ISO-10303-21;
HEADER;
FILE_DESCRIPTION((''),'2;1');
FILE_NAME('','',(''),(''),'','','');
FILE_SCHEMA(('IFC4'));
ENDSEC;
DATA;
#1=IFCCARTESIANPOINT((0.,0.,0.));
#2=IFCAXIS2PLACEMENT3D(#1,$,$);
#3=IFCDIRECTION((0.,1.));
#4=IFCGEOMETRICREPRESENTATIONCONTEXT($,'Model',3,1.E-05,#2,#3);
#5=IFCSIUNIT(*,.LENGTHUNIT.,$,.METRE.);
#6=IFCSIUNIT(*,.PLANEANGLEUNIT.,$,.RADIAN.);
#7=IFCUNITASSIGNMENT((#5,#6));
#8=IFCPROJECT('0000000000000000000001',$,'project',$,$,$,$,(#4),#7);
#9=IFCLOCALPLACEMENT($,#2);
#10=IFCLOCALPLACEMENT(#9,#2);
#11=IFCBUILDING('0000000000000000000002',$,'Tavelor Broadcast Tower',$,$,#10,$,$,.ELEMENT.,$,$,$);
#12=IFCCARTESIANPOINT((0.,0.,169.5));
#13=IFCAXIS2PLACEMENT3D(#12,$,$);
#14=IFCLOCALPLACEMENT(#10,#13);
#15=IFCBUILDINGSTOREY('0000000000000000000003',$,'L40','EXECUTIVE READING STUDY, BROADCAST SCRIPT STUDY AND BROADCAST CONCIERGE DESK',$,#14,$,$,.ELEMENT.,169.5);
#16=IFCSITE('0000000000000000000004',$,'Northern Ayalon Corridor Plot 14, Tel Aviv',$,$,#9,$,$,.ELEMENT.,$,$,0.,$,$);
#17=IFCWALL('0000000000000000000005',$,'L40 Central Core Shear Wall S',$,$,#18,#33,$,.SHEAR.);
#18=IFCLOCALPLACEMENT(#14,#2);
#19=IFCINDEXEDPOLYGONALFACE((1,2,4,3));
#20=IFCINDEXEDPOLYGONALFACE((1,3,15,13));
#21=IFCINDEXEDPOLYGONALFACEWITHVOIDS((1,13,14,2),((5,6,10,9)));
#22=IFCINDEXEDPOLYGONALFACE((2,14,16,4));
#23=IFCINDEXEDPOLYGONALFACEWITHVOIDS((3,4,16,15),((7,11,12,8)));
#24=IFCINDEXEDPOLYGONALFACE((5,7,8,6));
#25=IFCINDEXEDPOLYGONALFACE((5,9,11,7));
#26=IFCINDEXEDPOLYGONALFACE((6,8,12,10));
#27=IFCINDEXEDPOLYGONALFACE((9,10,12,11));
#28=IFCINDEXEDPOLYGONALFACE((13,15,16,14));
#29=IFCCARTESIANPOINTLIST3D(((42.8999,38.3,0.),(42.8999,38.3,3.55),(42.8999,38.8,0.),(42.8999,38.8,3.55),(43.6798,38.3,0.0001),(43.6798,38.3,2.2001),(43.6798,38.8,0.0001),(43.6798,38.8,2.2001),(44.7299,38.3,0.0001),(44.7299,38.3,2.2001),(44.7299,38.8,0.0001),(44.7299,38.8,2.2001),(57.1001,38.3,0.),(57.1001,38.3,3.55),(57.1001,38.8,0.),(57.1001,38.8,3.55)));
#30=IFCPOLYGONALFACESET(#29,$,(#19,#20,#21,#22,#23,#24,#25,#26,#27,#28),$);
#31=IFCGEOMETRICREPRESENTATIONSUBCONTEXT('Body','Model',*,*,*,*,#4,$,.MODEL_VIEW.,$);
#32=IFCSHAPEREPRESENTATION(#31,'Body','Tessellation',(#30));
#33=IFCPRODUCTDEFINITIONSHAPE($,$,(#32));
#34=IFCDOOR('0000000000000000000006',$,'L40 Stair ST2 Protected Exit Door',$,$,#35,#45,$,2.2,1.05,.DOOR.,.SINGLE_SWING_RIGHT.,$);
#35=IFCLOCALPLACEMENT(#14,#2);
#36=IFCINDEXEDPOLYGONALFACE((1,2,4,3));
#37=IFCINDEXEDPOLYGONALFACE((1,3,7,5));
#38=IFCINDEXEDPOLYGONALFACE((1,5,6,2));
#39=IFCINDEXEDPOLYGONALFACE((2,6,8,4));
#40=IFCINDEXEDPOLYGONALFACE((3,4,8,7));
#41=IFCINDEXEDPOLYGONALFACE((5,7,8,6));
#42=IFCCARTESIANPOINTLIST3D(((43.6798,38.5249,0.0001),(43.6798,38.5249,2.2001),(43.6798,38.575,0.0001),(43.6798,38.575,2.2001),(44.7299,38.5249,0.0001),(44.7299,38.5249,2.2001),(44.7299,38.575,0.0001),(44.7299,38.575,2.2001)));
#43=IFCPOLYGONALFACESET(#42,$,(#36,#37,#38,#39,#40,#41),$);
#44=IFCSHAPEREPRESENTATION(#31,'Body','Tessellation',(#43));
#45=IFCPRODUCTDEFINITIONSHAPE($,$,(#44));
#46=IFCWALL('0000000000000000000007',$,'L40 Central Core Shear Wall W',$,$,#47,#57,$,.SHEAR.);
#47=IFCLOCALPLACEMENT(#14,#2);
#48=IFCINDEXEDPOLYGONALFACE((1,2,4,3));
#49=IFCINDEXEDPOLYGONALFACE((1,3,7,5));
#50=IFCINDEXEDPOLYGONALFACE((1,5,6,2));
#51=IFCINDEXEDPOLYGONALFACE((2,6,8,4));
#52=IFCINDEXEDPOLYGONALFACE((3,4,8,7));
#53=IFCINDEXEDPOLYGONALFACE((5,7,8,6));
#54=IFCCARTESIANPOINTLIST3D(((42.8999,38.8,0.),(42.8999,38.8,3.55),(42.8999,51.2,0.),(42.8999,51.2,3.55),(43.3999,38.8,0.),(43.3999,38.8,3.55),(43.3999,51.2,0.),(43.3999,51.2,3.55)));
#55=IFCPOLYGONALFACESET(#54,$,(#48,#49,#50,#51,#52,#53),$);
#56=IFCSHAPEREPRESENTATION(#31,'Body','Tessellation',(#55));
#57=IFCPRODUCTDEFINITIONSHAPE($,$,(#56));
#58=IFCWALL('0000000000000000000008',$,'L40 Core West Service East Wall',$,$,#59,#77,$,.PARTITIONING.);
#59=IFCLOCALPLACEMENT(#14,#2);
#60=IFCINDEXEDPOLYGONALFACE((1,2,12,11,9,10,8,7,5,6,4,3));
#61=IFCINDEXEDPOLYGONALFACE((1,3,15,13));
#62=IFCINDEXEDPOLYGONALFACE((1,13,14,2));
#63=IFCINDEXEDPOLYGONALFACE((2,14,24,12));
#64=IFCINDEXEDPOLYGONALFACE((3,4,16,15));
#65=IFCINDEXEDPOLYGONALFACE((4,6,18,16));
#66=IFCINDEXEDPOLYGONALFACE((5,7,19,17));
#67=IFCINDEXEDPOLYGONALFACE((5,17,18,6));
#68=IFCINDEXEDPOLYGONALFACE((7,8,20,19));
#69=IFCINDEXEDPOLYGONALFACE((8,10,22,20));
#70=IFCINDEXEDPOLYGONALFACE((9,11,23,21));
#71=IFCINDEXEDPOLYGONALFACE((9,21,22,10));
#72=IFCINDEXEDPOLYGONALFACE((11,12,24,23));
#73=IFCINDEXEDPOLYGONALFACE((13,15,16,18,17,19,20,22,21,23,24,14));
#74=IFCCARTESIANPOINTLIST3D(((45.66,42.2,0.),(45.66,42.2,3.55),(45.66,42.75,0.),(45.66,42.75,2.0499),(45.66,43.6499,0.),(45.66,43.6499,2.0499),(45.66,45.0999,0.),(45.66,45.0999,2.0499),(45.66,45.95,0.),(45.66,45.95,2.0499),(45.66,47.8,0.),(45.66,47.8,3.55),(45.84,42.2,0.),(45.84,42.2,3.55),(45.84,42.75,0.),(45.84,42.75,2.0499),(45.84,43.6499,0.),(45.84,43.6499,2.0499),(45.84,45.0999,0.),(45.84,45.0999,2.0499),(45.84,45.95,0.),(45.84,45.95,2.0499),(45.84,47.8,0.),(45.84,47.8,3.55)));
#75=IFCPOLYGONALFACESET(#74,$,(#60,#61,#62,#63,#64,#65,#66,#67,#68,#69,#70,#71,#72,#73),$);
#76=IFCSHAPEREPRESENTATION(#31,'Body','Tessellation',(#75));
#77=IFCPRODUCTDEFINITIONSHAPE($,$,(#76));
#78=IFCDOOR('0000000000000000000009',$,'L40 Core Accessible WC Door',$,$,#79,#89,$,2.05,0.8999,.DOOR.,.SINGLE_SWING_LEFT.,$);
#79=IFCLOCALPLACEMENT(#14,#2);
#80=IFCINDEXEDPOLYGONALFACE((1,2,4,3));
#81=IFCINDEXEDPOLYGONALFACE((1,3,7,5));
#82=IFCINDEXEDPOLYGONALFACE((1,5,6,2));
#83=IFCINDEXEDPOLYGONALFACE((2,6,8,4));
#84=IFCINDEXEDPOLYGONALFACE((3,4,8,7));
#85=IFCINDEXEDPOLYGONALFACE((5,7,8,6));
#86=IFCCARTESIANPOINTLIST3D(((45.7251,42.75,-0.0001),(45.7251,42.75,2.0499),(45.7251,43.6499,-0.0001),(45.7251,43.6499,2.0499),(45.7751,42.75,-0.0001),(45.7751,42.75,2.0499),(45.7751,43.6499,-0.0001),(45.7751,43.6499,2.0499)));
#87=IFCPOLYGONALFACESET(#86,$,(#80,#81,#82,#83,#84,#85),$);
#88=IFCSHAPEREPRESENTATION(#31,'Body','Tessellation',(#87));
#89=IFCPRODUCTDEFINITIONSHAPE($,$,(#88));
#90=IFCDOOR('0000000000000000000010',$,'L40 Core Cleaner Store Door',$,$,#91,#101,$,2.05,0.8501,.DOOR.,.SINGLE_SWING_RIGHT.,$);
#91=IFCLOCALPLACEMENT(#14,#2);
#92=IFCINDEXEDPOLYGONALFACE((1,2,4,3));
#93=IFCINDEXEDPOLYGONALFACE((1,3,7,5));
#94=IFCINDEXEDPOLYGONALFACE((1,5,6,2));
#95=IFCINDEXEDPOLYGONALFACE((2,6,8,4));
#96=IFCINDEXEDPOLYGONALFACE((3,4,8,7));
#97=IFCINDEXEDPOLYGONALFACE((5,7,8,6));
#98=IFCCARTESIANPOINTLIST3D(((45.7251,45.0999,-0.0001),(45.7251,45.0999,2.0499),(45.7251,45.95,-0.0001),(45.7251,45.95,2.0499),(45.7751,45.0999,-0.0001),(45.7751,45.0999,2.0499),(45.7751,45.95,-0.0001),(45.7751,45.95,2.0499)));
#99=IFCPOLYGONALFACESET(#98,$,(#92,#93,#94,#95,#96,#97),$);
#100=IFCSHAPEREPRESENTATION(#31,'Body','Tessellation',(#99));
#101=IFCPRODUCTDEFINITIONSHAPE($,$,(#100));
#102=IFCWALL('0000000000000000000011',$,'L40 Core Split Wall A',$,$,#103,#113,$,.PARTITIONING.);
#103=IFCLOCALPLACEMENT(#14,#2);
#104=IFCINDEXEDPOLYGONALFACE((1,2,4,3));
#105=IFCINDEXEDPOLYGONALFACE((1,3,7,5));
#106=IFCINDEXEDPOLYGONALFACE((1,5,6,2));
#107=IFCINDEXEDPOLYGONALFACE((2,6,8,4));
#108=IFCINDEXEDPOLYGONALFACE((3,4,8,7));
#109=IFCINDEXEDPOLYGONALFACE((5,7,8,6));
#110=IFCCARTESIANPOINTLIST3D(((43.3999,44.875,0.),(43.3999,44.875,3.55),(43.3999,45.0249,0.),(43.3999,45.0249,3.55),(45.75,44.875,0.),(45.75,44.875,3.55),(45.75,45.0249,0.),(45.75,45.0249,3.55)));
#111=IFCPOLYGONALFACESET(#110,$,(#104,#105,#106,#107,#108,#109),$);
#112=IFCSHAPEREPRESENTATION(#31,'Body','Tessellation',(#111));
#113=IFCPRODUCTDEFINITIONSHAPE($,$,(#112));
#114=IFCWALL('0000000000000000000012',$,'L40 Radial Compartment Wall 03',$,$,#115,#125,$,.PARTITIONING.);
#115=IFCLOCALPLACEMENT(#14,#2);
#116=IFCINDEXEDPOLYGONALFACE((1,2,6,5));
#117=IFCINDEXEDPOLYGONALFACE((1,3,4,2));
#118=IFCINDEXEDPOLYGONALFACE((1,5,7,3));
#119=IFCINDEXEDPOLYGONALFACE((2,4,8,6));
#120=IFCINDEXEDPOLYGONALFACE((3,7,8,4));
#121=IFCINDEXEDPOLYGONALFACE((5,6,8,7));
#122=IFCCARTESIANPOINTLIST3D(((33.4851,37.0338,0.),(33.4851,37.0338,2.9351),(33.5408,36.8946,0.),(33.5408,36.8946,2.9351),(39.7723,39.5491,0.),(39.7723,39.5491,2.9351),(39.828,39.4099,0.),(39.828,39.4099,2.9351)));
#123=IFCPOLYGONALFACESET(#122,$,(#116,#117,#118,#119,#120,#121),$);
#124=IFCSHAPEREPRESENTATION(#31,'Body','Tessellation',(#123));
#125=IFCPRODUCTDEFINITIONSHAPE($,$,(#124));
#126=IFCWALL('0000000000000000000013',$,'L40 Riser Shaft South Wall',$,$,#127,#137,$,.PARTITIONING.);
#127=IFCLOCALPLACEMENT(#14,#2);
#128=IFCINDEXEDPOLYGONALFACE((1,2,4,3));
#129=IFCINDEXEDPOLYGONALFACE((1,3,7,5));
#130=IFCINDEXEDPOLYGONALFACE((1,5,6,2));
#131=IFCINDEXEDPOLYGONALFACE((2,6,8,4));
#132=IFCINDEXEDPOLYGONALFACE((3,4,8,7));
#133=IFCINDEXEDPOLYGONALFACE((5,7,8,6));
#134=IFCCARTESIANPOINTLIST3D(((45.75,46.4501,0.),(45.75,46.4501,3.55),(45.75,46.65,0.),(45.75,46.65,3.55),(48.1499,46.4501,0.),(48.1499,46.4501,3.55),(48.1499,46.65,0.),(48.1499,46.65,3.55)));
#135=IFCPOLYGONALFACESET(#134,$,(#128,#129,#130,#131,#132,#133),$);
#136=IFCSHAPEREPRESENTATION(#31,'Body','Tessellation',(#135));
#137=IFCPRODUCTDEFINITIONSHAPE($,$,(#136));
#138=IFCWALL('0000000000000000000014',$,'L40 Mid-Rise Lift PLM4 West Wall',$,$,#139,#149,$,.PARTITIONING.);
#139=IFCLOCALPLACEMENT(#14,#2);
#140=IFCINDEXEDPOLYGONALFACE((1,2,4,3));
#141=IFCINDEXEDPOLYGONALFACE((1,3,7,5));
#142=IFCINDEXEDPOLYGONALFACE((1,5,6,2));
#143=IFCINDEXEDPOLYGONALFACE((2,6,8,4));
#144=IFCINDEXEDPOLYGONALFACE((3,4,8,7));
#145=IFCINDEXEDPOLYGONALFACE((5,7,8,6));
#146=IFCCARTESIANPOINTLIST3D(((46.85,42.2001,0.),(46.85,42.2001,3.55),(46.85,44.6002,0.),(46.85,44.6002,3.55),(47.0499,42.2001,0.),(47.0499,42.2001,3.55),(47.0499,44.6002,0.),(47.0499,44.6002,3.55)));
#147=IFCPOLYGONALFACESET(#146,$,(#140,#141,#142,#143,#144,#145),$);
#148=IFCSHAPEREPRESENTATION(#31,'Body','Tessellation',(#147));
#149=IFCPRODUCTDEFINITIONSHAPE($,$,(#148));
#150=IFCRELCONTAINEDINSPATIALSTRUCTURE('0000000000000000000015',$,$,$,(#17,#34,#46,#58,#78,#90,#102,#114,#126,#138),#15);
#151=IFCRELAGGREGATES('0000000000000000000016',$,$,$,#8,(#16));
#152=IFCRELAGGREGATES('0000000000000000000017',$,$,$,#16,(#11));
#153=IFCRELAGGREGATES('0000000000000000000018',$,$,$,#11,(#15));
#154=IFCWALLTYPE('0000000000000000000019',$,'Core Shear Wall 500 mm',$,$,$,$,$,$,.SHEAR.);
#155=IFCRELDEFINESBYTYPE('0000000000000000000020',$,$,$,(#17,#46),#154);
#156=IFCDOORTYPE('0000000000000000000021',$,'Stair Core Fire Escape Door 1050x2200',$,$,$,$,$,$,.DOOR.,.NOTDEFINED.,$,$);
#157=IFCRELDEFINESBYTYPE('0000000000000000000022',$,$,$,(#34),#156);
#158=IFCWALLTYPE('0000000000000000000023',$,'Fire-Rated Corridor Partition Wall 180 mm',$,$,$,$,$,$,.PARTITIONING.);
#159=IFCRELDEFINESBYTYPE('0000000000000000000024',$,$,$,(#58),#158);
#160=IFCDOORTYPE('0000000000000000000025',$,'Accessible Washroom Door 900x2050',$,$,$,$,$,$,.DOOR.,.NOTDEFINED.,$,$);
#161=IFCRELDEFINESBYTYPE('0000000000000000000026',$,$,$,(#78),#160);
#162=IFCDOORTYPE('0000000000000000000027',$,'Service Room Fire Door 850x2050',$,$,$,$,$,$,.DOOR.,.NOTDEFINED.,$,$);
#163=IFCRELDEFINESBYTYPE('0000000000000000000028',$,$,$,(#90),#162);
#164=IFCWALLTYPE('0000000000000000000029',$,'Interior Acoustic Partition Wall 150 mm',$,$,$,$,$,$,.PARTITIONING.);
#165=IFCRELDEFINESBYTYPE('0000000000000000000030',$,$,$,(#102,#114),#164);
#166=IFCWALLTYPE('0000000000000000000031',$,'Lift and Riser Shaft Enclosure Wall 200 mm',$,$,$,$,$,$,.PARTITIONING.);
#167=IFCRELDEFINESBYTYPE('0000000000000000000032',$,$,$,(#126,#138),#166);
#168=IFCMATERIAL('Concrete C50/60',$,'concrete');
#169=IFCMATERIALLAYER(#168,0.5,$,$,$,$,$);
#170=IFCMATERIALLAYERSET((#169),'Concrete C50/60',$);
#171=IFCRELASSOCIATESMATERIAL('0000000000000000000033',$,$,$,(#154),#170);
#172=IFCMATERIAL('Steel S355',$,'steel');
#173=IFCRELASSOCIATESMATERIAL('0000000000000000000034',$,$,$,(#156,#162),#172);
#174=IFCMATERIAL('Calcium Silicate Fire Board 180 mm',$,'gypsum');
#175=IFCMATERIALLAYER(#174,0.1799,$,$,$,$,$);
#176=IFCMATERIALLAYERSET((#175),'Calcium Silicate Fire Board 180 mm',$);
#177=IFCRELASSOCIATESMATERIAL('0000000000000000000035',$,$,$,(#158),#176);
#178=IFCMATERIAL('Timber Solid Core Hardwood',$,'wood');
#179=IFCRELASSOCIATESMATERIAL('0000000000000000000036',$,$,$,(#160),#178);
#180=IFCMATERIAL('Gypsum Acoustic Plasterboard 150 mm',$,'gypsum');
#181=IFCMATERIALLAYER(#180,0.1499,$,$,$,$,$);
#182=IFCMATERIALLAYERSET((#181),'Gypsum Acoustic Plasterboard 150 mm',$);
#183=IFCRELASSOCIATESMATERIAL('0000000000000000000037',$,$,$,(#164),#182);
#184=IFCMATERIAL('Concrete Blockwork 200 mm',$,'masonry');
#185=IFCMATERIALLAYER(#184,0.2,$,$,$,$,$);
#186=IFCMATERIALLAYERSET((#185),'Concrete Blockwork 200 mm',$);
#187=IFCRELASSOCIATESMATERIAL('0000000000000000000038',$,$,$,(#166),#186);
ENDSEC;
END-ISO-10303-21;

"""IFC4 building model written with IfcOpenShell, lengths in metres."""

from ifc_helpers import new_model, si_unit, direction, frame, frame_2d, origin, place, context, subcontext, project, spatial, rectangle, extrude, material, layer, layer_set, type_object, element, fill, save


model = new_model("IFC4")

# Units and contexts
model_context = context("Model", 3, precision=1e-05, world=origin(), true_north=direction((0.0, 1.0)))
body_context = subcontext(model_context, "Body", "Model", "MODEL_VIEW")
ifc_project = project(units=[si_unit("LENGTHUNIT", "METRE"), si_unit("PLANEANGLEUNIT", "RADIAN")], contexts=[model_context])

# Site, building, storey
site_placement = place(None, origin())
site = spatial("IfcSite", under=ifc_project, at=site_placement, Name="Northern Ayalon Corridor Plot 14, Tel Aviv", CompositionType="ELEMENT", RefElevation=0.0)
building_placement = place(site_placement, origin())
building = spatial("IfcBuilding", under=site, at=building_placement, Name="Tavelor Broadcast Tower", CompositionType="ELEMENT")
storey_placement = place(building_placement, frame((0.0, 0.0, 169.5)))
storey = spatial("IfcBuildingStorey", under=building, at=storey_placement, Name="L40", Description="EXECUTIVE READING STUDY, BROADCAST SCRIPT STUDY AND BROADCAST CONCIERGE DESK", CompositionType="ELEMENT", Elevation=169.5)

# Shared definitions
ifc_material_1 = material(Name="Concrete C50/60", Category="concrete")

# Shared definitions
ifc_material_2 = material(Name="Steel S355", Category="steel")

# Wall, opening, door
ifc_layer_1 = layer(ifc_material_1, 0.5)
ifc_layer_set_1 = layer_set([ifc_layer_1], Name="Concrete C50/60")
wall_type_1 = type_object("IfcWallType", Name="Core Shear Wall 500 mm", PredefinedType="SHEAR", material=ifc_layer_set_1)
wall_1_placement = place(storey_placement, frame((42.8999, 38.55, 0.0), z_axis=(0.0, 0.0, 1.0), x_axis=(1.0, 0.0, 0.0)))
wall_1 = element("IfcWall", 1, at=wall_1_placement, inside=storey, type_object=wall_type_1, Name="L40 Central Core Shear Wall S", PredefinedType="SHEAR", context=body_context, shape_type="SweptSolid", body=[
    extrude(rectangle(XDim=14.2002, YDim=0.5, at=frame_2d((7.1001, 0.0))), origin(), (0.0, 0.0, 1.0), 3.55),
])
opening_1_placement = place(wall_1_placement, frame((0.78, 0.0, 0.0)))
opening_1 = element("IfcOpeningElement", 2, at=opening_1_placement, cuts=wall_1, PredefinedType="OPENING", context=body_context, shape_type="SweptSolid", body=[
    extrude(rectangle(XDim=1.05, YDim=2.2, at=frame_2d((0.5249, 1.1001))), frame((0.0, 0.26, 0.0), z_axis=(0.0, -1.0, 0.0), x_axis=(1.0, 0.0, 0.0)), (0.0, 0.0, 1.0), 0.52),
])
door_type_1 = type_object("IfcDoorType", Name="Stair Core Fire Escape Door 1050x2200", OperationType="NOTDEFINED", PredefinedType="DOOR", material=ifc_material_2)
door_1_placement = place(opening_1_placement, origin())
door_1 = element("IfcDoor", 3, at=door_1_placement, inside=storey, type_object=door_type_1, Name="L40 Stair ST2 Protected Exit Door", OperationType="SINGLE_SWING_RIGHT", OverallHeight=2.2, OverallWidth=1.05, PredefinedType="DOOR", context=body_context, shape_type="SweptSolid", body=[
    extrude(rectangle(XDim=1.05, YDim=2.2, at=frame_2d((0.5249, 1.1001))), frame((0.0, 0.0249, 0.0), z_axis=(0.0, -1.0, 0.0), x_axis=(1.0, 0.0, 0.0)), (0.0, 0.0, 1.0), 0.05),
])
fill(opening_1, door_1)

# Wall
wall_2_placement = place(storey_placement, frame((43.1499, 38.8, 0.0), z_axis=(0.0, 0.0, 1.0), x_axis=(0.0, 1.0, 0.0)))
element("IfcWall", 4, at=wall_2_placement, inside=storey, type_object=wall_type_1, Name="L40 Central Core Shear Wall W", PredefinedType="SHEAR", context=body_context, shape_type="SweptSolid", body=[
    extrude(rectangle(XDim=12.3999, YDim=0.5, at=frame_2d((6.2, 0.0))), origin(), (0.0, 0.0, 1.0), 3.55),
])

# Wall, openings, doors
ifc_material_3 = material(Name="Calcium Silicate Fire Board 180 mm", Category="gypsum")
ifc_layer_2 = layer(ifc_material_3, 0.1799)
ifc_layer_set_2 = layer_set([ifc_layer_2], Name="Calcium Silicate Fire Board 180 mm")
wall_type_2 = type_object("IfcWallType", Name="Fire-Rated Corridor Partition Wall 180 mm", PredefinedType="PARTITIONING", material=ifc_layer_set_2)
wall_3_placement = place(storey_placement, frame((45.75, 42.2, 0.0), z_axis=(0.0, 0.0, 1.0), x_axis=(0.0, 1.0, 0.0)))
wall_3 = element("IfcWall", 5, at=wall_3_placement, inside=storey, type_object=wall_type_2, Name="L40 Core West Service East Wall", PredefinedType="PARTITIONING", context=body_context, shape_type="SweptSolid", body=[
    extrude(rectangle(XDim=5.6001, YDim=0.1799, at=frame_2d((2.8, 0.0))), origin(), (0.0, 0.0, 1.0), 3.55),
])
opening_2_placement = place(wall_3_placement, frame((0.55, 0.0, 0.0)))
opening_2 = element("IfcOpeningElement", 6, at=opening_2_placement, cuts=wall_3, PredefinedType="OPENING", context=body_context, shape_type="SweptSolid", body=[
    extrude(rectangle(XDim=0.8999, YDim=2.05, at=frame_2d((0.45, 1.0249))), frame((0.0, 0.1001, 0.0), z_axis=(0.0, -1.0, 0.0), x_axis=(1.0, 0.0, 0.0)), (0.0, 0.0, 1.0), 0.2),
])
opening_3_placement = place(wall_3_placement, frame((2.8999, 0.0, 0.0)))
opening_3 = element("IfcOpeningElement", 7, at=opening_3_placement, cuts=wall_3, PredefinedType="OPENING", context=body_context, shape_type="SweptSolid", body=[
    extrude(rectangle(XDim=0.8501, YDim=2.05, at=frame_2d((0.425, 1.0249))), frame((0.0, 0.1001, 0.0), z_axis=(0.0, -1.0, 0.0), x_axis=(1.0, 0.0, 0.0)), (0.0, 0.0, 1.0), 0.2),
])
ifc_material_4 = material(Name="Timber Solid Core Hardwood", Category="wood")
door_type_2 = type_object("IfcDoorType", Name="Accessible Washroom Door 900x2050", OperationType="NOTDEFINED", PredefinedType="DOOR", material=ifc_material_4)
door_2_placement = place(opening_2_placement, origin())
door_2 = element("IfcDoor", 8, at=door_2_placement, inside=storey, type_object=door_type_2, Name="L40 Core Accessible WC Door", OperationType="SINGLE_SWING_LEFT", OverallHeight=2.05, OverallWidth=0.8999, PredefinedType="DOOR", context=body_context, shape_type="SweptSolid", body=[
    extrude(rectangle(XDim=0.8999, YDim=2.05, at=frame_2d((0.45, 1.0249))), frame((0.0, 0.0249, 0.0), z_axis=(0.0, -1.0, 0.0), x_axis=(1.0, 0.0, 0.0)), (0.0, 0.0, 1.0), 0.05),
])
fill(opening_2, door_2)
door_type_3 = type_object("IfcDoorType", Name="Service Room Fire Door 850x2050", OperationType="NOTDEFINED", PredefinedType="DOOR", material=ifc_material_2)
door_3_placement = place(opening_3_placement, origin())
door_3 = element("IfcDoor", 9, at=door_3_placement, inside=storey, type_object=door_type_3, Name="L40 Core Cleaner Store Door", OperationType="SINGLE_SWING_RIGHT", OverallHeight=2.05, OverallWidth=0.8501, PredefinedType="DOOR", context=body_context, shape_type="SweptSolid", body=[
    extrude(rectangle(XDim=0.8501, YDim=2.05, at=frame_2d((0.425, 1.0249))), frame((0.0, 0.0249, 0.0), z_axis=(0.0, -1.0, 0.0), x_axis=(1.0, 0.0, 0.0)), (0.0, 0.0, 1.0), 0.05),
])
fill(opening_3, door_3)

# Walls
ifc_material_5 = material(Name="Gypsum Acoustic Plasterboard 150 mm", Category="gypsum")
ifc_layer_3 = layer(ifc_material_5, 0.1499)
ifc_layer_set_3 = layer_set([ifc_layer_3], Name="Gypsum Acoustic Plasterboard 150 mm")
wall_type_3 = type_object("IfcWallType", Name="Interior Acoustic Partition Wall 150 mm", PredefinedType="PARTITIONING", material=ifc_layer_set_3)
wall_4_placement = place(storey_placement, frame((43.3999, 44.95, 0.0), z_axis=(0.0, 0.0, 1.0), x_axis=(1.0, 0.0, 0.0)))
element("IfcWall", 10, at=wall_4_placement, inside=storey, type_object=wall_type_3, Name="L40 Core Split Wall A", PredefinedType="PARTITIONING", context=body_context, shape_type="SweptSolid", body=[
    extrude(rectangle(XDim=2.3501, YDim=0.1499, at=frame_2d((1.175, 0.0))), origin(), (0.0, 0.0, 1.0), 3.55),
])
wall_5_placement = place(storey_placement, frame((39.8, 39.4795, 0.0), z_axis=(0.0, 0.0, 1.0), x_axis=(-0.928454, -0.371447, 0.0)))
element("IfcWall", 11, at=wall_5_placement, inside=storey, type_object=wall_type_3, Name="L40 Radial Compartment Wall 03", PredefinedType="PARTITIONING", context=body_context, shape_type="SweptSolid", body=[
    extrude(rectangle(XDim=6.7717, YDim=0.1499, at=frame_2d((3.3857, 0.0))), origin(), (0.0, 0.0, 1.0), 2.9351),
])
ifc_material_6 = material(Name="Concrete Blockwork 200 mm", Category="masonry")
ifc_layer_4 = layer(ifc_material_6, 0.2)
ifc_layer_set_4 = layer_set([ifc_layer_4], Name="Concrete Blockwork 200 mm")
wall_type_4 = type_object("IfcWallType", Name="Lift and Riser Shaft Enclosure Wall 200 mm", PredefinedType="PARTITIONING", material=ifc_layer_set_4)
wall_6_placement = place(storey_placement, frame((45.75, 46.55, 0.0), z_axis=(0.0, 0.0, 1.0), x_axis=(1.0, 0.0, 0.0)))
element("IfcWall", 12, at=wall_6_placement, inside=storey, type_object=wall_type_4, Name="L40 Riser Shaft South Wall", PredefinedType="PARTITIONING", context=body_context, shape_type="SweptSolid", body=[
    extrude(rectangle(XDim=2.3999, YDim=0.2, at=frame_2d((1.2, 0.0))), origin(), (0.0, 0.0, 1.0), 3.55),
])
wall_7_placement = place(storey_placement, frame((46.95, 42.2, 0.0), z_axis=(0.0, 0.0, 1.0), x_axis=(0.0, 1.0, 0.0)))
element("IfcWall", 13, at=wall_7_placement, inside=storey, type_object=wall_type_4, Name="L40 Mid-Rise Lift PLM4 West Wall", PredefinedType="PARTITIONING", context=body_context, shape_type="SweptSolid", body=[
    extrude(rectangle(XDim=2.4001, YDim=0.2, at=frame_2d((1.2002, 0.0))), origin(), (0.0, 0.0, 1.0), 3.55),
])

save(model, "model.ifc")
